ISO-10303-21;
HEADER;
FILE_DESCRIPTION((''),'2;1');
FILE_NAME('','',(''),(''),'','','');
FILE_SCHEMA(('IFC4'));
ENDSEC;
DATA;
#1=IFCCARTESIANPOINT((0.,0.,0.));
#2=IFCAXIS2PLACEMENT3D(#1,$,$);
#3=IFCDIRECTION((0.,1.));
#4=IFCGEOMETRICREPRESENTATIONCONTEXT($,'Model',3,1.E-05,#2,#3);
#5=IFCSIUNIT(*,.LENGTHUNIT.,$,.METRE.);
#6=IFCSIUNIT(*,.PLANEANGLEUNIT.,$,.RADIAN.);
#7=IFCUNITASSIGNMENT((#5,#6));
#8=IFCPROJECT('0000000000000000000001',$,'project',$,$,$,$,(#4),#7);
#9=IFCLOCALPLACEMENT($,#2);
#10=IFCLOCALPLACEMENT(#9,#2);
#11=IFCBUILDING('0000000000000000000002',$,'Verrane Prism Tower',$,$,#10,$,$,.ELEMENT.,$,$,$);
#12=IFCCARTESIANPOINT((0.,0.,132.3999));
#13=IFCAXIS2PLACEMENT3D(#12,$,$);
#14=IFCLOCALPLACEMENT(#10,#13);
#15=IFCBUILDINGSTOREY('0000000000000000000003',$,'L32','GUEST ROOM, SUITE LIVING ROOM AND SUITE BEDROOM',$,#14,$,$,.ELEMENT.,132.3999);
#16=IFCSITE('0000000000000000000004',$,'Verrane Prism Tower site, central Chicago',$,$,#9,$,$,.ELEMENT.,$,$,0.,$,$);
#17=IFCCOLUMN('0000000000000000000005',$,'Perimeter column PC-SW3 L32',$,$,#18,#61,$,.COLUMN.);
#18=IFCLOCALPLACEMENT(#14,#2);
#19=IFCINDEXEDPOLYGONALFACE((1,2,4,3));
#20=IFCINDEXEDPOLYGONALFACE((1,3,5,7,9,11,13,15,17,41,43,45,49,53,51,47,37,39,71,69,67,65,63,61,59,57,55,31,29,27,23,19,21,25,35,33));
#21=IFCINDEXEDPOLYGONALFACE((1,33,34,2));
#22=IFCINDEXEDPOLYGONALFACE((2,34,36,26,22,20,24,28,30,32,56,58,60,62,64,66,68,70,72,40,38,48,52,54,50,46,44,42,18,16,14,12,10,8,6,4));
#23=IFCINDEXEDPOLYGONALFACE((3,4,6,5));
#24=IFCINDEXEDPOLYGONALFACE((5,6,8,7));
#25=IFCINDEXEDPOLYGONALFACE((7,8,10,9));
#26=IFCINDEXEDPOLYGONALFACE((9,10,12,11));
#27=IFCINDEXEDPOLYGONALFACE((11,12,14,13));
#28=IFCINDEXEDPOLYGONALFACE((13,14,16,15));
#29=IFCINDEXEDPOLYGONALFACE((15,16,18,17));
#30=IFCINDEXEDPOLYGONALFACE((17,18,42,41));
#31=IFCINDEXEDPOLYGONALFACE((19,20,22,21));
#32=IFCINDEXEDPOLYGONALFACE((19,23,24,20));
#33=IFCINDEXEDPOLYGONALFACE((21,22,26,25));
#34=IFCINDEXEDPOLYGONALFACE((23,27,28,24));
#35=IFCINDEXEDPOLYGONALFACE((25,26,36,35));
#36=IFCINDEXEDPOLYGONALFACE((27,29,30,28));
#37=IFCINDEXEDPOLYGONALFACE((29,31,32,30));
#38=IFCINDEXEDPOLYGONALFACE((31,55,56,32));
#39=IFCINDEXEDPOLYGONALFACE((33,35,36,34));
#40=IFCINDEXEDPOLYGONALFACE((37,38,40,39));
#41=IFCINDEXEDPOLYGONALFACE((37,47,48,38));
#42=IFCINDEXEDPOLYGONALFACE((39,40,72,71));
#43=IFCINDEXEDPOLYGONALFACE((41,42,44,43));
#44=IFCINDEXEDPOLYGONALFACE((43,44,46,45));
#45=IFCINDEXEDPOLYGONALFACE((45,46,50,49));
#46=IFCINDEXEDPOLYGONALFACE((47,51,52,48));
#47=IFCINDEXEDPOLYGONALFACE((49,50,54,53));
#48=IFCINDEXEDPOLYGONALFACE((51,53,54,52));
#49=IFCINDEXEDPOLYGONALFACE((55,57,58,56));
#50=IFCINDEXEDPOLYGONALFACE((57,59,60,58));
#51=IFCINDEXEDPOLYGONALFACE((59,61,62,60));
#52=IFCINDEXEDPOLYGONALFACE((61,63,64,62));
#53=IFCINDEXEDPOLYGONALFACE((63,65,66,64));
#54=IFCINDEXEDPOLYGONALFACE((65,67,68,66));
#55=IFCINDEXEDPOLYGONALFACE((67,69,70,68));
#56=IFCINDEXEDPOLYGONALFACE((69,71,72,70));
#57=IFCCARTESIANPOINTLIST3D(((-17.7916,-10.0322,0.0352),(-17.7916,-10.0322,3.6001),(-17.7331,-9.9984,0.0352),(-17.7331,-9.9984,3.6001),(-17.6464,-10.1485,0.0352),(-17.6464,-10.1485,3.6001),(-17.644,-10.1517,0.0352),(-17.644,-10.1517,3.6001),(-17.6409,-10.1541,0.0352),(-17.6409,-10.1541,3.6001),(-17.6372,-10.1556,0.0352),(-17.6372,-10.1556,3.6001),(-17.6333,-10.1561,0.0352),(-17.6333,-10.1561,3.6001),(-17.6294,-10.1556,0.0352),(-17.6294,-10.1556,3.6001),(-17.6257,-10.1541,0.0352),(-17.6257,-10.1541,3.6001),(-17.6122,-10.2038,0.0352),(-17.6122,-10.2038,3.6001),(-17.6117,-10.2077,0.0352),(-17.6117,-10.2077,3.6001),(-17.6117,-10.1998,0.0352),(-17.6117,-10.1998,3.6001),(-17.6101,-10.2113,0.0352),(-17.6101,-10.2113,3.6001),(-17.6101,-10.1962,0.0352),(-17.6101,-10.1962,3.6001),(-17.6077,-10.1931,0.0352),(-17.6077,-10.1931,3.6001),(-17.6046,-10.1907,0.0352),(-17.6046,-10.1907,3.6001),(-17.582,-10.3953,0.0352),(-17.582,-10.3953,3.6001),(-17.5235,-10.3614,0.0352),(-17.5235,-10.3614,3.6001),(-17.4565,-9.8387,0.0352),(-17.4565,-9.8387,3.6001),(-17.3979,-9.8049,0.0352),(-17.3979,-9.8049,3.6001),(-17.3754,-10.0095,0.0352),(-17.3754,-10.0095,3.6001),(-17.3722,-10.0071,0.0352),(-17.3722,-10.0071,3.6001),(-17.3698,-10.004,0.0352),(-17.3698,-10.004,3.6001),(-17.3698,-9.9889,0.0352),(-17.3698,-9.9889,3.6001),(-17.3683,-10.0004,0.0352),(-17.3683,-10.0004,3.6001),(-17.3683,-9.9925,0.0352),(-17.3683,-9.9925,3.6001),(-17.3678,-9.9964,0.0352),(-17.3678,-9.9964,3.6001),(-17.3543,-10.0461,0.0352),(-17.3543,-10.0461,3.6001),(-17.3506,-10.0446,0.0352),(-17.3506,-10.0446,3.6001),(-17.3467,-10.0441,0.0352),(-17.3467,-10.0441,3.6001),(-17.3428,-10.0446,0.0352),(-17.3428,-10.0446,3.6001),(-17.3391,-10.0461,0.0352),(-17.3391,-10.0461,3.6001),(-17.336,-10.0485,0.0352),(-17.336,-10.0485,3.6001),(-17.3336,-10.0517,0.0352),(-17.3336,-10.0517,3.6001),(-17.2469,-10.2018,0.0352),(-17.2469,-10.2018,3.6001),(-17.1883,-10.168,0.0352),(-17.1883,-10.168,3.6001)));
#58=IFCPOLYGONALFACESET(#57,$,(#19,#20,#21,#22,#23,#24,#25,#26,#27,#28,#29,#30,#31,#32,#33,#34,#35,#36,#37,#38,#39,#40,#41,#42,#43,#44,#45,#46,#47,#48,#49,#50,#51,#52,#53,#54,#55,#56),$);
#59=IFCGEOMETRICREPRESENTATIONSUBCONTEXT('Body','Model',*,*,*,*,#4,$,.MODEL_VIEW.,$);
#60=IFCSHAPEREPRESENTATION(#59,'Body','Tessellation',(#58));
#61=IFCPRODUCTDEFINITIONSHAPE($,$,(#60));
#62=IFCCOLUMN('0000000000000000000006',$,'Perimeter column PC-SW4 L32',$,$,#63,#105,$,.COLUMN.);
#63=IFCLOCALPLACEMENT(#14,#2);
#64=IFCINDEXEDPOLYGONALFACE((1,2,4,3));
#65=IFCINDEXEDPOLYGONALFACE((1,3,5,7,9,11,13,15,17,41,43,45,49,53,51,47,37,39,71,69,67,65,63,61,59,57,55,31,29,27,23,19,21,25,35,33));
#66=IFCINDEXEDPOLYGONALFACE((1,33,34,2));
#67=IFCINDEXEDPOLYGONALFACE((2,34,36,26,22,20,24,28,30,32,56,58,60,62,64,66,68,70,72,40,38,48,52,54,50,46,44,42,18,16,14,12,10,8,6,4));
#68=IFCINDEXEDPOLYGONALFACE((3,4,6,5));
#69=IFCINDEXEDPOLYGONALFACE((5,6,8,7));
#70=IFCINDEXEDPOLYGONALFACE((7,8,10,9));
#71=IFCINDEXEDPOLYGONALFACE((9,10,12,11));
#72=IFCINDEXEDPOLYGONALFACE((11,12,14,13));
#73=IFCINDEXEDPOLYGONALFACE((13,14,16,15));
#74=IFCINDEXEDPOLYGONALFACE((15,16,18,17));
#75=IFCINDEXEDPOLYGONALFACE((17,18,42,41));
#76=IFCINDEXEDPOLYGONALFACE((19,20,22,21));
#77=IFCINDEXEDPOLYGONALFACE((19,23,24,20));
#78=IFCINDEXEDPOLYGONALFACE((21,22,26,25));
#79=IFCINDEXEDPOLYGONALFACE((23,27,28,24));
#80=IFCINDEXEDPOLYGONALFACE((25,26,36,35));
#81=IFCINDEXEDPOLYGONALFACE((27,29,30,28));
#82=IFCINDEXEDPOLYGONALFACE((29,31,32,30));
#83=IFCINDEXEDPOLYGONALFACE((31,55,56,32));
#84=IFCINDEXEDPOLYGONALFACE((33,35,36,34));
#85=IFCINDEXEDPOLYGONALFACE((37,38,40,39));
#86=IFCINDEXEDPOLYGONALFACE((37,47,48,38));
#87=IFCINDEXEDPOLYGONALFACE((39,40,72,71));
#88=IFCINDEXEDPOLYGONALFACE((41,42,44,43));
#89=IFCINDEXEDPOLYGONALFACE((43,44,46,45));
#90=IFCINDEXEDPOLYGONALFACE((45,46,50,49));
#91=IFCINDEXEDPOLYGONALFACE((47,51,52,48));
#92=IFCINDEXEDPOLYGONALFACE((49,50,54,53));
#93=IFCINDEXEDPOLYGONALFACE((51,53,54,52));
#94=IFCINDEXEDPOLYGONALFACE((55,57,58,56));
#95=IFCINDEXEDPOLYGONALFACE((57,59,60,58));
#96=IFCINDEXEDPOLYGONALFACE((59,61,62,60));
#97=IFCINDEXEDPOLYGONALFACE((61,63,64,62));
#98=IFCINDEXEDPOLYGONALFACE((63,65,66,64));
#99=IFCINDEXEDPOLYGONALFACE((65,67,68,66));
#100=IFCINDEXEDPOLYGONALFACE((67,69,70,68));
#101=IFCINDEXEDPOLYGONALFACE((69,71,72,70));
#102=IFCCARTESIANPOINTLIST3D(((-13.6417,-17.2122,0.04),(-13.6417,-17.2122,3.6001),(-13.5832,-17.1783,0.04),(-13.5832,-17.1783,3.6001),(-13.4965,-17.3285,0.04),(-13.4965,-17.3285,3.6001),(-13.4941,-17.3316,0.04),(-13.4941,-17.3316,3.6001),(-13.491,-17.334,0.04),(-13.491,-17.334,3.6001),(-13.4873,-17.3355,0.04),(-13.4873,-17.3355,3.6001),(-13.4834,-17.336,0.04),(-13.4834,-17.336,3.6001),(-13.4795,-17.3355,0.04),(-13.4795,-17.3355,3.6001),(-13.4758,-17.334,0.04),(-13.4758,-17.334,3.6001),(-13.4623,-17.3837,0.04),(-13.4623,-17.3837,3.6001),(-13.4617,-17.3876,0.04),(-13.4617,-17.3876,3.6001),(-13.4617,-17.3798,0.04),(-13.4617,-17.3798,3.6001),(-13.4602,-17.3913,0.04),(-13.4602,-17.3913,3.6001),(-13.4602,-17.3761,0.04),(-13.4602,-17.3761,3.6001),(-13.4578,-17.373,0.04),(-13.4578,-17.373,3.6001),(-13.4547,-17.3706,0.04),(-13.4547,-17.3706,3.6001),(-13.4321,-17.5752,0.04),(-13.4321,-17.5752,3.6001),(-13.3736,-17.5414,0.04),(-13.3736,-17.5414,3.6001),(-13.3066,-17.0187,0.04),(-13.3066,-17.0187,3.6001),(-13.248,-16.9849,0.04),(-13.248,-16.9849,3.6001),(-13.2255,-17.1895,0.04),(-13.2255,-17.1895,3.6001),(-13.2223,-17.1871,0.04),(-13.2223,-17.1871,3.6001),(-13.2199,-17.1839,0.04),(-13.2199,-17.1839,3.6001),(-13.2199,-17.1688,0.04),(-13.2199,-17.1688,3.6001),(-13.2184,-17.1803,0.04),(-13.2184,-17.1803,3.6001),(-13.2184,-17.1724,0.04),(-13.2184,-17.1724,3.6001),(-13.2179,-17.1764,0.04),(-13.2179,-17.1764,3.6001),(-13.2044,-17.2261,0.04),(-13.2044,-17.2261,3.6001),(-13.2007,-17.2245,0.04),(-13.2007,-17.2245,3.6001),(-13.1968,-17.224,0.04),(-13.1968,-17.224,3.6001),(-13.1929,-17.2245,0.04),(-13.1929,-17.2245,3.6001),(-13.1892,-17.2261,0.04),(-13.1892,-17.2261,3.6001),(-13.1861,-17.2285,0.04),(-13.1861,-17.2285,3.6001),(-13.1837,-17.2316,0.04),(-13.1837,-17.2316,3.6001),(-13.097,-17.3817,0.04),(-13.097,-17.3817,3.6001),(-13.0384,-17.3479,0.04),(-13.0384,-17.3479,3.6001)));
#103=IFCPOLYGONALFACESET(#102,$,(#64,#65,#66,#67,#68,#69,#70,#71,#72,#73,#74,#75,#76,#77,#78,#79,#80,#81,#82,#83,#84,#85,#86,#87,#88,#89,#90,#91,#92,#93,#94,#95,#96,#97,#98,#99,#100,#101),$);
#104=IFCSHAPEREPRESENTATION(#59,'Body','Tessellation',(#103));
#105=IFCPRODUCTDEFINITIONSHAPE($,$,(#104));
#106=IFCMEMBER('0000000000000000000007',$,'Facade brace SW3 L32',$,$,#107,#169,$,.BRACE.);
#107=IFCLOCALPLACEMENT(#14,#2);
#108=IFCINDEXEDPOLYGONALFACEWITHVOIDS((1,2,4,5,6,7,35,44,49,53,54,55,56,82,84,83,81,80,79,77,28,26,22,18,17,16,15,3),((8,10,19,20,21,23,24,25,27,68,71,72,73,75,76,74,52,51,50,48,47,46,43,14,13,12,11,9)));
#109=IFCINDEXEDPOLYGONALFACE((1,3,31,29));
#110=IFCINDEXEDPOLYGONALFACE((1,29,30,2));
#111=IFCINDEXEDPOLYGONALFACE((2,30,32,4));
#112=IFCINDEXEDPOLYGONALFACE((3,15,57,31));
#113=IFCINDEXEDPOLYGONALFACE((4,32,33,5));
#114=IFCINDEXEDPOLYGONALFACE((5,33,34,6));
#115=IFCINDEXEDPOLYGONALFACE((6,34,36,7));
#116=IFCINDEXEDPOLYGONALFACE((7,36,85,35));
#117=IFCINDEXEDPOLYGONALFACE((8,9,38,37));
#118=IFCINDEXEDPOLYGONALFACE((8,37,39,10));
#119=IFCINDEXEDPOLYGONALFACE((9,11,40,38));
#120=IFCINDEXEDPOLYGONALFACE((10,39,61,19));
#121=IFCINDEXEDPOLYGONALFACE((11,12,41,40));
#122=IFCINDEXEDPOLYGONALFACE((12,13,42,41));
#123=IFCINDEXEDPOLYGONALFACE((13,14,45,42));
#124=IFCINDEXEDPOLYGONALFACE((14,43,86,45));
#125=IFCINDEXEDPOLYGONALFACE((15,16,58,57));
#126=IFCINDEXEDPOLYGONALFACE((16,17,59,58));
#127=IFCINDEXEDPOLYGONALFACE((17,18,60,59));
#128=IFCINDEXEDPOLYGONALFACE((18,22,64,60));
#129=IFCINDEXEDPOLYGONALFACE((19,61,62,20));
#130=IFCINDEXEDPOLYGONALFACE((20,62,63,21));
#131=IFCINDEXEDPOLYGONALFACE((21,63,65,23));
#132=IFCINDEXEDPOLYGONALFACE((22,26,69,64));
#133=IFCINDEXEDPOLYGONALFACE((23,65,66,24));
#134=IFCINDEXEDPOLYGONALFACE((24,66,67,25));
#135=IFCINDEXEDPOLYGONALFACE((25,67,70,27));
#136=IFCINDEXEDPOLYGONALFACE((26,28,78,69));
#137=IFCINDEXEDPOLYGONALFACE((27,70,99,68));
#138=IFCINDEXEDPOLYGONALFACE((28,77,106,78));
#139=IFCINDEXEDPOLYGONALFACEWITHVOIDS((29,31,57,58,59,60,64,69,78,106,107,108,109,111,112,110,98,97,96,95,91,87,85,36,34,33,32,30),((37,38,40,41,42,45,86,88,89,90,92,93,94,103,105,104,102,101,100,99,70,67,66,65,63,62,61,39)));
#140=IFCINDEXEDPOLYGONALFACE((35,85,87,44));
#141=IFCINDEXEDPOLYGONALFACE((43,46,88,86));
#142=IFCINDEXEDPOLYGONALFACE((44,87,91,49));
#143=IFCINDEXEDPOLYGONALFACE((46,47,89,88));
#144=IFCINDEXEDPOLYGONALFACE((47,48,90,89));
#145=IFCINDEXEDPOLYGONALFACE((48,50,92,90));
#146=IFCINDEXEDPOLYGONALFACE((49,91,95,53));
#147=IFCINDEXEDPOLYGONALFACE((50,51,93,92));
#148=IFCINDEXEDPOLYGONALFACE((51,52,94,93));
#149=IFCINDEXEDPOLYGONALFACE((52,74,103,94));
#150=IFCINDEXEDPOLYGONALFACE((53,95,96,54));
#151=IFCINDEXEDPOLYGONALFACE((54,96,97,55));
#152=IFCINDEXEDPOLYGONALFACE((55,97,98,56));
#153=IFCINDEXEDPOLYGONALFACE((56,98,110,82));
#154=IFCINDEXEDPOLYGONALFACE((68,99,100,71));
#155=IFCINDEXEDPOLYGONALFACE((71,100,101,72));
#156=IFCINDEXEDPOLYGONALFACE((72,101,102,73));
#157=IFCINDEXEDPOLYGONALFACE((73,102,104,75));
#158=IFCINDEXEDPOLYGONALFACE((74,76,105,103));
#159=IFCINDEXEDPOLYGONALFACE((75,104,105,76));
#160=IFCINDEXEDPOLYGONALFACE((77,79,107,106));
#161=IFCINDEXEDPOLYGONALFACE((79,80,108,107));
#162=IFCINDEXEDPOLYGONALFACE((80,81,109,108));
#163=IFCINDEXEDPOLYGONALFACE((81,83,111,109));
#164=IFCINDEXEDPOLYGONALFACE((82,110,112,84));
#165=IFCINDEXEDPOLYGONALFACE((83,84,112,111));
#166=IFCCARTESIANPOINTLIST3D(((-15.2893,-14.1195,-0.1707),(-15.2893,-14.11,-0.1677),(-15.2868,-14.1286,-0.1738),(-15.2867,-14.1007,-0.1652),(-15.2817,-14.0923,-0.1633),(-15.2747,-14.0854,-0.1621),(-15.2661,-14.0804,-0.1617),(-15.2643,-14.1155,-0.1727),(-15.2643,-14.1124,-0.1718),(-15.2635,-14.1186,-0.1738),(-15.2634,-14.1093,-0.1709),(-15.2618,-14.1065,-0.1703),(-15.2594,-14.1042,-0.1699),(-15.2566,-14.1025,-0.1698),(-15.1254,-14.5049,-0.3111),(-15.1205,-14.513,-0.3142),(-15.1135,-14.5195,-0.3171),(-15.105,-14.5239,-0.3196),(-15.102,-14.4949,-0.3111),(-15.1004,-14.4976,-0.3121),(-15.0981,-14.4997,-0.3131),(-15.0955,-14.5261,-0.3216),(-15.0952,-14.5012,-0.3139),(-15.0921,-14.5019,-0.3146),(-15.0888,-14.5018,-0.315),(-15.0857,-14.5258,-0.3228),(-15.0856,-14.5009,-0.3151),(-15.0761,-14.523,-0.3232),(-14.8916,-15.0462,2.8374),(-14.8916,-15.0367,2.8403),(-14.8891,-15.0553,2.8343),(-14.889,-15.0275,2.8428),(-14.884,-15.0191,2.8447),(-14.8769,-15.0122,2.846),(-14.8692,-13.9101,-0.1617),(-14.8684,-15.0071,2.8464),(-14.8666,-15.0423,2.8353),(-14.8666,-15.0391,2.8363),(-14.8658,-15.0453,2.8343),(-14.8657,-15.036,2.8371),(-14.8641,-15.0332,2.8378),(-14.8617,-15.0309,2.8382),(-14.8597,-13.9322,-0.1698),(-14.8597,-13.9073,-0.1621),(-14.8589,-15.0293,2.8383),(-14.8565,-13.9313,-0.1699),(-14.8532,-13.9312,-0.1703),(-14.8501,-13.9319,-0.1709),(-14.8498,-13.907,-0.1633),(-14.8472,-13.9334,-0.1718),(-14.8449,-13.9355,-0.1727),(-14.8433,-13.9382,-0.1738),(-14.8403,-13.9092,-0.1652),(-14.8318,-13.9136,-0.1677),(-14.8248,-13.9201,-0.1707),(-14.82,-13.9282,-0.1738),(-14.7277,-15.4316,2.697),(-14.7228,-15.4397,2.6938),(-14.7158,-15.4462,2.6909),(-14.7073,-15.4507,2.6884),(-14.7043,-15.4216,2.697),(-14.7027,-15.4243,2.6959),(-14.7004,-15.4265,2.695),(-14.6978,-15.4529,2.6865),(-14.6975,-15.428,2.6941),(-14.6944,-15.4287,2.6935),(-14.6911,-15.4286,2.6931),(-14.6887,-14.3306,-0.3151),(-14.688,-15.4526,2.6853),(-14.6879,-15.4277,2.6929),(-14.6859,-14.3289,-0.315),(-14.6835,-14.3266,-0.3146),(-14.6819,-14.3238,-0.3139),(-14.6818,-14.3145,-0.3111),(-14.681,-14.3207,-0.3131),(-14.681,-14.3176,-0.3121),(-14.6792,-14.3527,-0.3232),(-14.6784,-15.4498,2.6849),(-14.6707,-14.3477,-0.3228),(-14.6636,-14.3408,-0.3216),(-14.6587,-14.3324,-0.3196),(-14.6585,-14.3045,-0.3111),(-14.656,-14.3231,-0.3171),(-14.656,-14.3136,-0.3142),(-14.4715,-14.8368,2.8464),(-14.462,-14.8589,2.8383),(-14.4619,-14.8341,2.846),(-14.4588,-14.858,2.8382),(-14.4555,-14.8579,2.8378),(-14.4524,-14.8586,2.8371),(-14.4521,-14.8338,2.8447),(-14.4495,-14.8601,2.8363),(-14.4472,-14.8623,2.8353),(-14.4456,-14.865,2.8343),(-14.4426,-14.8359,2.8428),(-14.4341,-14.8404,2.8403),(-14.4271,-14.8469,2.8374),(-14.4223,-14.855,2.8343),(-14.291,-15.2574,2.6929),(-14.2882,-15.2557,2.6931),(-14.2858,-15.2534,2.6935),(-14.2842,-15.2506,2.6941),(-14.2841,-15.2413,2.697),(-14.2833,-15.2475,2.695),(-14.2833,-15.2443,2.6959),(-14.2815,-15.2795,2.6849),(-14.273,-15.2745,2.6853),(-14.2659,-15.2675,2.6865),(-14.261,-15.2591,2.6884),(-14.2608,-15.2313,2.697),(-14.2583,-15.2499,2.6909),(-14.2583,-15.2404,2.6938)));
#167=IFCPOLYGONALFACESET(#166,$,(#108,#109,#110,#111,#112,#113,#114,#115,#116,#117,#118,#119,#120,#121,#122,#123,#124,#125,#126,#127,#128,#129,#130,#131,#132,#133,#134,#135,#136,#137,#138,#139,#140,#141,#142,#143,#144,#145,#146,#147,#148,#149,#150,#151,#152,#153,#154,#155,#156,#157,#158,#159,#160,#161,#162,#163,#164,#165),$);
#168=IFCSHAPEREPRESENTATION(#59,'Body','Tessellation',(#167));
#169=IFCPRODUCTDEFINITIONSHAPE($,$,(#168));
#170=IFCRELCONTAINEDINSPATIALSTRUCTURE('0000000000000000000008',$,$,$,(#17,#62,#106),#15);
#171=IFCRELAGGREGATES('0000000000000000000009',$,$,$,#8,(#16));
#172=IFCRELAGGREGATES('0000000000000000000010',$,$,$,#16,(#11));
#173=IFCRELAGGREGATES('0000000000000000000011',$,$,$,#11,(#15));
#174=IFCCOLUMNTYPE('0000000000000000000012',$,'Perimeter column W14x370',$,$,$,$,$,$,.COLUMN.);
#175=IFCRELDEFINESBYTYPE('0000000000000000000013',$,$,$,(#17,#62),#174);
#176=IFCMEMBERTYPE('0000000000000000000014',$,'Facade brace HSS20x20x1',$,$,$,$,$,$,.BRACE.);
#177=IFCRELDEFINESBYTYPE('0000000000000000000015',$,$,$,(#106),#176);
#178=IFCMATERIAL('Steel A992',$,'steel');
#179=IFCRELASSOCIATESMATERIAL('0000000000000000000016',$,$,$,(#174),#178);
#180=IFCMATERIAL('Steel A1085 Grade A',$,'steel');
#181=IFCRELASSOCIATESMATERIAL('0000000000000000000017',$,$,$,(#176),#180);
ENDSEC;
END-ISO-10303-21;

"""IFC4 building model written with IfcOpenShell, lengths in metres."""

from ifc_helpers import new_model, si_unit, direction, frame, origin, origin_2d, place, context, subcontext, project, spatial, hollow_rectangle, i_section, extrude, material, material_profile, profile_set, type_object, element, save


model = new_model("IFC4")

# Units and contexts
model_context = context("Model", 3, precision=1e-05, world=origin(), true_north=direction((0.0, 1.0)))
body_context = subcontext(model_context, "Body", "Model", "MODEL_VIEW")
ifc_project = project(units=[si_unit("LENGTHUNIT", "METRE"), si_unit("PLANEANGLEUNIT", "RADIAN")], contexts=[model_context])

# Site, building, storey
site_placement = place(None, origin())
site = spatial("IfcSite", under=ifc_project, at=site_placement, Name="Verrane Prism Tower site, central Chicago", CompositionType="ELEMENT", RefElevation=0.0)
building_placement = place(site_placement, origin())
building = spatial("IfcBuilding", under=site, at=building_placement, Name="Verrane Prism Tower", CompositionType="ELEMENT")
storey_placement = place(building_placement, frame((0.0, 0.0, 132.3999)))
storey = spatial("IfcBuildingStorey", under=building, at=storey_placement, Name="L32", Description="GUEST ROOM, SUITE LIVING ROOM AND SUITE BEDROOM", CompositionType="ELEMENT", Elevation=132.3999)

# Columns
ifc_material_1 = material(Name="Steel A992", Category="steel")
ifc_material_profile_1 = material_profile(ifc_material_1, i_section(OverallWidth=0.4192, OverallDepth=0.4546, WebThickness=0.0422, FlangeThickness=0.0676, FilletRadius=0.0151, at=origin_2d()), Name="W14x370")
ifc_profile_set_1 = profile_set([ifc_material_profile_1], Name="Steel A992")
column_type = type_object("IfcColumnType", Name="Perimeter column W14x370", PredefinedType="COLUMN", material=ifc_profile_set_1)
column_1_placement = place(storey_placement, frame((-17.49, -10.1001, 0.0352), z_axis=(0.0, 0.0, 1.0), x_axis=(-0.5, 0.866025, 0.0)))
element("IfcColumn", 1, at=column_1_placement, inside=storey, type_object=column_type, Name="Perimeter column PC-SW3 L32", PredefinedType="COLUMN", context=body_context, shape_type="SweptSolid", body=[
    extrude(i_section(OverallWidth=0.4192, OverallDepth=0.4546, WebThickness=0.0422, FlangeThickness=0.0676, FilletRadius=0.0151, at=origin_2d()), origin(), (0.0, 0.0, 1.0), 3.5649),
])
column_2_placement = place(storey_placement, frame((-13.3401, -17.28, 0.04), z_axis=(0.0, 0.0, 1.0), x_axis=(-0.5, 0.866025, 0.0)))
element("IfcColumn", 2, at=column_2_placement, inside=storey, type_object=column_type, Name="Perimeter column PC-SW4 L32", PredefinedType="COLUMN", context=body_context, shape_type="SweptSolid", body=[
    extrude(i_section(OverallWidth=0.4192, OverallDepth=0.4546, WebThickness=0.0422, FlangeThickness=0.0676, FilletRadius=0.0151, at=origin_2d()), origin(), (0.0, 0.0, 1.0), 3.5601),
])

# Member
ifc_material_2 = material(Name="Steel A1085 Grade A", Category="steel")
ifc_material_profile_2 = material_profile(ifc_material_2, hollow_rectangle(XDim=0.5081, YDim=0.5081, WallThickness=0.0254, InnerFilletRadius=0.0127, OuterFilletRadius=0.0381, at=origin_2d()), Name="HSS20x20x1")
ifc_profile_set_2 = profile_set([ifc_material_profile_2], Name="Steel A1085 Grade A")
member_type_1 = type_object("IfcMemberType", Name="Facade brace HSS20x20x1", PredefinedType="BRACE", material=ifc_profile_set_2)
member_1_placement = place(storey_placement, frame((-14.9727, -14.2166, -0.2424), z_axis=(0.125356, -0.292112, 0.948133), x_axis=(0.918957, 0.394358, 0.0)))
element("IfcMember", 3, at=member_1_placement, inside=storey, type_object=member_type_1, Name="Facade brace SW3 L32", PredefinedType="BRACE", context=body_context, shape_type="SweptSolid", body=[
    extrude(hollow_rectangle(XDim=0.5081, YDim=0.5081, WallThickness=0.0254, InnerFilletRadius=0.0127, OuterFilletRadius=0.0381, at=origin_2d()), origin(), (0.0, 0.0, 1.0), 3.1726),
])

save(model, "model.ifc")
